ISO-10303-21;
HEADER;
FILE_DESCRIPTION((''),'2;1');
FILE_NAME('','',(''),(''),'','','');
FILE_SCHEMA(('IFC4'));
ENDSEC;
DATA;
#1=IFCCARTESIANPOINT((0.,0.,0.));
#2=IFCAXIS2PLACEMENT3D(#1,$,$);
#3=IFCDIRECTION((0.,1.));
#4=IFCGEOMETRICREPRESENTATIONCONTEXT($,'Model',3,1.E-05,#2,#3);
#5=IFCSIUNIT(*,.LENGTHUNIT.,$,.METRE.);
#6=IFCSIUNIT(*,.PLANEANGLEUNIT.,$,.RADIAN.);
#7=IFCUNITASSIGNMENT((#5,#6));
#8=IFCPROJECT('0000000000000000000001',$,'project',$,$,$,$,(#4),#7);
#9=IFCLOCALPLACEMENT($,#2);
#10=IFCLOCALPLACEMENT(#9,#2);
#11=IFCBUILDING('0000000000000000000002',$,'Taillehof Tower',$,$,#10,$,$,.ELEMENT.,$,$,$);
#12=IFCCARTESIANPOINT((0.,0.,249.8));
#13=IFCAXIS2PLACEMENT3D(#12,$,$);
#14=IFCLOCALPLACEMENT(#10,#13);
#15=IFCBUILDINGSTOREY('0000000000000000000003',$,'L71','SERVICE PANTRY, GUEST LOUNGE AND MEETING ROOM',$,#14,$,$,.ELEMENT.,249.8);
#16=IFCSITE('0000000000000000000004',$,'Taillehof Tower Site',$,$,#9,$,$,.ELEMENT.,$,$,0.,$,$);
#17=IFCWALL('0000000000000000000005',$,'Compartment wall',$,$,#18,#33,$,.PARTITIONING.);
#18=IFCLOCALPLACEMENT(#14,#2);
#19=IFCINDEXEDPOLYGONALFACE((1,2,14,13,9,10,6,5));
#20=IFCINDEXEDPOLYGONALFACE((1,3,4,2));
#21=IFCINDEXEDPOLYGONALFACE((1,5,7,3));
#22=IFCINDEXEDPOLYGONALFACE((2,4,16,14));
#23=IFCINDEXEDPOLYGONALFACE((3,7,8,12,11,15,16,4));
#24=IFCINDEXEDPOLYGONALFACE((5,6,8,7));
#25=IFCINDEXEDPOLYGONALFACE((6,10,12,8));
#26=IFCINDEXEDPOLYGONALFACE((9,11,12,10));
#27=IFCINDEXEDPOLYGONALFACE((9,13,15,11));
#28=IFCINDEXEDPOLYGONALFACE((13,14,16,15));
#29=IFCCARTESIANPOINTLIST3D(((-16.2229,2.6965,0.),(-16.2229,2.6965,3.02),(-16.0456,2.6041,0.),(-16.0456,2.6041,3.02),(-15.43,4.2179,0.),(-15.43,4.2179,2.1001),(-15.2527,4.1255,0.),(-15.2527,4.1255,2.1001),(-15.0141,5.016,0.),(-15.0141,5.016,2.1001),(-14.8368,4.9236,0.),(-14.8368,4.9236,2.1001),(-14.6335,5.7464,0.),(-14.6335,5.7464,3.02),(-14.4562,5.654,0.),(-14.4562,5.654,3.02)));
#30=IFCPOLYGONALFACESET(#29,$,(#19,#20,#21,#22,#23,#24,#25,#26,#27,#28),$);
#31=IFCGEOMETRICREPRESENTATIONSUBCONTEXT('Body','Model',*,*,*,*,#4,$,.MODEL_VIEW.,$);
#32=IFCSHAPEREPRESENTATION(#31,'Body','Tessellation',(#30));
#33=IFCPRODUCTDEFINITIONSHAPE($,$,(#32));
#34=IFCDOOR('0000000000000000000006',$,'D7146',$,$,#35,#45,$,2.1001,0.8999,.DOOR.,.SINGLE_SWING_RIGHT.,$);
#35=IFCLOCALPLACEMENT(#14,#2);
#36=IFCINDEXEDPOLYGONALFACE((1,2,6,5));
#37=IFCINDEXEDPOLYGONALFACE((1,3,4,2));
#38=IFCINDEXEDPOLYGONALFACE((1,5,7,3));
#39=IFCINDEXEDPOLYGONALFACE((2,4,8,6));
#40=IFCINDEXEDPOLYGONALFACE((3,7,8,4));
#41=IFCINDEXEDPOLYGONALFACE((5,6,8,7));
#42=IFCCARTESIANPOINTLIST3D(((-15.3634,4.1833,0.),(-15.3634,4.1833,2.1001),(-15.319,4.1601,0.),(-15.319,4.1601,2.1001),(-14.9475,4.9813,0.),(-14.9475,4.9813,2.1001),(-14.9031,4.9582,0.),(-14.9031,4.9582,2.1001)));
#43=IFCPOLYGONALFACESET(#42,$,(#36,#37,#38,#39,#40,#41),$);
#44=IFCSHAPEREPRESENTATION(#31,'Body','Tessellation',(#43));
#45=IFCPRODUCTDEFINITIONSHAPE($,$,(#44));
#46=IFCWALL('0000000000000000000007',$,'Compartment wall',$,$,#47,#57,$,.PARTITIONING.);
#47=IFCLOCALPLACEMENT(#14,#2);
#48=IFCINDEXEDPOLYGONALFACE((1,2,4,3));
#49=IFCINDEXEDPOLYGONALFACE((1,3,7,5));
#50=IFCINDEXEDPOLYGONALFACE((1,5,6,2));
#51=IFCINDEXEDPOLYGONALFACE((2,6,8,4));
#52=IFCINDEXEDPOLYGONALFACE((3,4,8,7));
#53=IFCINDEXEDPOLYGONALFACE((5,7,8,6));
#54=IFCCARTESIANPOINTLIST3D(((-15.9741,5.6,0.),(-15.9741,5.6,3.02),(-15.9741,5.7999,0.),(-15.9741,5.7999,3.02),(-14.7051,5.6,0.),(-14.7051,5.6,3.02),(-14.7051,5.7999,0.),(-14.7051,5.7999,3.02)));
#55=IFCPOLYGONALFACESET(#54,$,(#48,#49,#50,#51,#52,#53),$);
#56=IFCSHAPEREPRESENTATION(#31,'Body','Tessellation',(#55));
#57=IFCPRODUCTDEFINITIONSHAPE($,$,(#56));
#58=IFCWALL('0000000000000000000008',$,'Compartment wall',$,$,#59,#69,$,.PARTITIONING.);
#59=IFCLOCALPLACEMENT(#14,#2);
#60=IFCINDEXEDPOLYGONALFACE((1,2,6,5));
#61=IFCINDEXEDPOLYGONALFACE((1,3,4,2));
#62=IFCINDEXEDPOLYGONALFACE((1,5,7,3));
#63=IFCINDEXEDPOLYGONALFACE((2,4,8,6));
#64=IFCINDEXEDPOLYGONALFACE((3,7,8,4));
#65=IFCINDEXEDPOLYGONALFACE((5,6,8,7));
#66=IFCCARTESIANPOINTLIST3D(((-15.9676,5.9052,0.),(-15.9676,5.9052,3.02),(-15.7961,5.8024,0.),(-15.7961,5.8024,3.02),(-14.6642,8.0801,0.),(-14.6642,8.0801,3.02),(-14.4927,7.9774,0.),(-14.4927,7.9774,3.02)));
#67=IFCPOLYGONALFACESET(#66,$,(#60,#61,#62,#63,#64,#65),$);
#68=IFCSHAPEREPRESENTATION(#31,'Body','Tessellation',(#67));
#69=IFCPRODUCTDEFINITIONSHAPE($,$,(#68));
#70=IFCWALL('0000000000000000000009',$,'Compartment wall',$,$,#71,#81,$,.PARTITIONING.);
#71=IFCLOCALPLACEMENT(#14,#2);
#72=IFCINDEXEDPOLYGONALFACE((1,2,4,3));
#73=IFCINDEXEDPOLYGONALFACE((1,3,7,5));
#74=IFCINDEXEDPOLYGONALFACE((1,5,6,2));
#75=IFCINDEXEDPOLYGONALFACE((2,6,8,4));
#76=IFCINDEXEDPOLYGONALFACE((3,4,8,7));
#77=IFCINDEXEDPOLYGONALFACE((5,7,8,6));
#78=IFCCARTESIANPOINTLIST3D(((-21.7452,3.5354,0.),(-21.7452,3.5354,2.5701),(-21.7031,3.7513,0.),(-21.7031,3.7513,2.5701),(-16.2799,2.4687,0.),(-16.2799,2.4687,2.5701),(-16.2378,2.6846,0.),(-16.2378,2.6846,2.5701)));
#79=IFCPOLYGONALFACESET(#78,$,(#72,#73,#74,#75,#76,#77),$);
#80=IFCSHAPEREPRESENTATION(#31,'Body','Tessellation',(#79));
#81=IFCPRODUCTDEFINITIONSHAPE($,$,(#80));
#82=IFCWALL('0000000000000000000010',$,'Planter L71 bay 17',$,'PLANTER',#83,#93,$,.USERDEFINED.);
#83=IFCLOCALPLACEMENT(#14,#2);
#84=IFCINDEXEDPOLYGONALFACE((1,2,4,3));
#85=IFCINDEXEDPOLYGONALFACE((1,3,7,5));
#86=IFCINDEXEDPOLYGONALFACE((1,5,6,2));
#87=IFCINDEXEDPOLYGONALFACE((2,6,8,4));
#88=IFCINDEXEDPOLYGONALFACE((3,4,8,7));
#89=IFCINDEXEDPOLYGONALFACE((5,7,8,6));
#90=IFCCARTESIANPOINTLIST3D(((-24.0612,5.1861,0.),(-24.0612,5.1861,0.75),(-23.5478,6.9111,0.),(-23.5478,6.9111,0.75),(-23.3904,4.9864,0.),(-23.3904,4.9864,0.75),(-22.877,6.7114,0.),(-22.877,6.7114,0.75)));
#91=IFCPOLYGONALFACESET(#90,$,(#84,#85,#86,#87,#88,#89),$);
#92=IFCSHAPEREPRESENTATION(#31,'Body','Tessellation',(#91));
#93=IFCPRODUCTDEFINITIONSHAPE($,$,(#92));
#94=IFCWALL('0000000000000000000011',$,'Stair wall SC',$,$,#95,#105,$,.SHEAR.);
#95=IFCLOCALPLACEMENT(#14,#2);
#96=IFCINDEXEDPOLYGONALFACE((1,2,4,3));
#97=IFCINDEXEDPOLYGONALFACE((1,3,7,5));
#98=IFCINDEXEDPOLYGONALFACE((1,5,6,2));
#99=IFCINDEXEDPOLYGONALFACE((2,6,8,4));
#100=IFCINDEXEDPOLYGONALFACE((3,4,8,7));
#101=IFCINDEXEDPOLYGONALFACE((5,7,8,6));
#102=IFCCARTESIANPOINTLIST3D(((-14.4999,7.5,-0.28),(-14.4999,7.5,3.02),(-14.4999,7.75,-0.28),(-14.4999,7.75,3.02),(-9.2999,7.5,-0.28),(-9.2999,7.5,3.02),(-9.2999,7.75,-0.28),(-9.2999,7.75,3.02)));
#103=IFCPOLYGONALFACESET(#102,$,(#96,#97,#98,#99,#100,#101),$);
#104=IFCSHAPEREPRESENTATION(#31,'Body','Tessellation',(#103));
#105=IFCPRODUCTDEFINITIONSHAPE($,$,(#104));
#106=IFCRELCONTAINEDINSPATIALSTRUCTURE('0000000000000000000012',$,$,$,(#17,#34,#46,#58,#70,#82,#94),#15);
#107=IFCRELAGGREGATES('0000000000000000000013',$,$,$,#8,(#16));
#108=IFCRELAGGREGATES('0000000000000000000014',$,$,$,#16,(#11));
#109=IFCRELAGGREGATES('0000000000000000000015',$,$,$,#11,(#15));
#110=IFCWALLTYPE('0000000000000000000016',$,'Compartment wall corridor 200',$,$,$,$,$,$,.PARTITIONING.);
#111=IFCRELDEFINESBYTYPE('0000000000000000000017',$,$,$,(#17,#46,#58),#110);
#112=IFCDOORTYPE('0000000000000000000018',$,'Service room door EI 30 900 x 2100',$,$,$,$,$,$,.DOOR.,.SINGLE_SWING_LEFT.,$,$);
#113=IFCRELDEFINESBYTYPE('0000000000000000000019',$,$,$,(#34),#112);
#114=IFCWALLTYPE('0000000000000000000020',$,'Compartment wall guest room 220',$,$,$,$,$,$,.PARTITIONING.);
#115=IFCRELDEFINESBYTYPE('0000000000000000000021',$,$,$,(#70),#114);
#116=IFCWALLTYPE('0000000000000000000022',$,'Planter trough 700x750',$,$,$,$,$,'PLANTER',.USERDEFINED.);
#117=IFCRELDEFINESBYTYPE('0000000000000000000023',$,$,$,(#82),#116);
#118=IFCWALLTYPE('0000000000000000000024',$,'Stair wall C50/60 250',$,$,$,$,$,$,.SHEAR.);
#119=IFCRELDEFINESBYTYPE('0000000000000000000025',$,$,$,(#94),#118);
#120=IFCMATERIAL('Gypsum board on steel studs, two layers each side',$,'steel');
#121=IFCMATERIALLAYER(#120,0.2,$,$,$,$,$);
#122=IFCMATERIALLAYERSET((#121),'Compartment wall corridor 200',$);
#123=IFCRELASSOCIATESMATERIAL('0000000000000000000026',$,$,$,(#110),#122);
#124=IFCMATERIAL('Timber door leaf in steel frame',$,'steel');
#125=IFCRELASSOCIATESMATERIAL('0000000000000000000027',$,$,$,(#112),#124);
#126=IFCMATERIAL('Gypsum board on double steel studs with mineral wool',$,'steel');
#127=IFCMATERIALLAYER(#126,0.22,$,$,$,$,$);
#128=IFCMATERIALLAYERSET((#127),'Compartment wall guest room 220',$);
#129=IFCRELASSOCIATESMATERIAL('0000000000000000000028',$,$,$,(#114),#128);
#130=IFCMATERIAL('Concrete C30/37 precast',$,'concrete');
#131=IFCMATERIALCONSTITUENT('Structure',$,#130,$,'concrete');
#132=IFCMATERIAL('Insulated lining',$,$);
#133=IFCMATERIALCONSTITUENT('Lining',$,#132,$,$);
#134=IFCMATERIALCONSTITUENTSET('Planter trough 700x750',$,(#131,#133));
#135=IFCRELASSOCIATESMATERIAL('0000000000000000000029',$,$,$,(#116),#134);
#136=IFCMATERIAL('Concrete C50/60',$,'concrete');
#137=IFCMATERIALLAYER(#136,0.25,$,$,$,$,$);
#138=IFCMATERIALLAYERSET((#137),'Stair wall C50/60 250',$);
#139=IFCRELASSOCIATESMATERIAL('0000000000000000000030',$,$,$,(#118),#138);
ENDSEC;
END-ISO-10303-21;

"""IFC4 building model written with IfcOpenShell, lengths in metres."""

from ifc_helpers import new_model, si_unit, direction, frame, frame_2d, origin, place, context, subcontext, project, spatial, rectangle, extrude, material, layer, layer_set, constituent, constituent_set, type_object, element, fill, save


model = new_model("IFC4")

# Units and contexts
model_context = context("Model", 3, precision=1e-05, world=origin(), true_north=direction((0.0, 1.0)))
body_context = subcontext(model_context, "Body", "Model", "MODEL_VIEW")
ifc_project = project(units=[si_unit("LENGTHUNIT", "METRE"), si_unit("PLANEANGLEUNIT", "RADIAN")], contexts=[model_context])

# Site, building, storey
site_placement = place(None, origin())
site = spatial("IfcSite", under=ifc_project, at=site_placement, Name="Taillehof Tower Site", CompositionType="ELEMENT", RefElevation=0.0)
building_placement = place(site_placement, origin())
building = spatial("IfcBuilding", under=site, at=building_placement, Name="Taillehof Tower", CompositionType="ELEMENT")
storey_placement = place(building_placement, frame((0.0, 0.0, 249.8)))
storey = spatial("IfcBuildingStorey", under=building, at=storey_placement, Name="L71", Description="SERVICE PANTRY, GUEST LOUNGE AND MEETING ROOM", CompositionType="ELEMENT", Elevation=249.8)

# Wall, opening, door
ifc_material_1 = material(Name="Gypsum board on steel studs, two layers each side", Category="steel")
ifc_layer_1 = layer(ifc_material_1, 0.2)
ifc_layer_set_1 = layer_set([ifc_layer_1], Name="Compartment wall corridor 200")
wall_type_1 = type_object("IfcWallType", Name="Compartment wall corridor 200", PredefinedType="PARTITIONING", material=ifc_layer_set_1)
wall_1_placement = place(storey_placement, frame((-16.1343, 2.6501, 0.0), z_axis=(0.0, 0.0, 1.0), x_axis=(0.462144, 0.886805, 0.0)))
wall_1 = element("IfcWall", 1, at=wall_1_placement, inside=storey, type_object=wall_type_1, Name="Compartment wall", PredefinedType="PARTITIONING", context=body_context, shape_type="SweptSolid", body=[
    extrude(rectangle(XDim=3.4392, YDim=0.2, at=frame_2d((1.7197, 0.0))), origin(), (0.0, 0.0, 1.0), 3.02),
])
opening_1_placement = place(wall_1_placement, frame((1.7158, 0.0, 0.0)))
opening_1 = element("IfcOpeningElement", 2, at=opening_1_placement, cuts=wall_1, PredefinedType="OPENING", context=body_context, shape_type="SweptSolid", body=[
    extrude(rectangle(XDim=0.8999, YDim=2.1001, at=frame_2d((0.45, 1.05))), frame((0.0, 0.1099, 0.0), z_axis=(0.0, -1.0, 0.0), x_axis=(1.0, 0.0, 0.0)), (0.0, 0.0, 1.0), 0.22),
])
ifc_material_2 = material(Name="Timber door leaf in steel frame", Category="steel")
door_type_1 = type_object("IfcDoorType", Name="Service room door EI 30 900 x 2100", OperationType="SINGLE_SWING_LEFT", PredefinedType="DOOR", material=ifc_material_2)
door_1_placement = place(opening_1_placement, origin())
door_1 = element("IfcDoor", 3, at=door_1_placement, inside=storey, type_object=door_type_1, Name="D7146", OperationType="SINGLE_SWING_RIGHT", OverallHeight=2.1001, OverallWidth=0.8999, PredefinedType="DOOR", context=body_context, shape_type="SweptSolid", body=[
    extrude(rectangle(XDim=0.8999, YDim=2.1001, at=frame_2d((0.45, 1.05))), frame((0.0, 0.0249, 0.0), z_axis=(0.0, -1.0, 0.0), x_axis=(1.0, 0.0, 0.0)), (0.0, 0.0, 1.0), 0.05),
])
fill(opening_1, door_1)

# Walls
wall_2_placement = place(storey_placement, frame((-14.7051, 5.7, 0.0), z_axis=(0.0, 0.0, 1.0), x_axis=(-1.0, 0.0, 0.0)))
element("IfcWall", 4, at=wall_2_placement, inside=storey, type_object=wall_type_1, Name="Compartment wall", PredefinedType="PARTITIONING", context=body_context, shape_type="SweptSolid", body=[
    extrude(rectangle(XDim=1.269, YDim=0.2, at=frame_2d((0.6345, 0.0))), origin(), (0.0, 0.0, 1.0), 3.02),
])
wall_3_placement = place(storey_placement, frame((-15.8818, 5.8538, 0.0), z_axis=(0.0, 0.0, 1.0), x_axis=(0.514043, 0.857765, 0.0)))
element("IfcWall", 5, at=wall_3_placement, inside=storey, type_object=wall_type_1, Name="Compartment wall", PredefinedType="PARTITIONING", context=body_context, shape_type="SweptSolid", body=[
    extrude(rectangle(XDim=2.5356, YDim=0.2, at=frame_2d((1.2678, 0.0))), origin(), (0.0, 0.0, 1.0), 3.02),
])
ifc_material_3 = material(Name="Gypsum board on double steel studs with mineral wool", Category="steel")
ifc_layer_2 = layer(ifc_material_3, 0.22)
ifc_layer_set_2 = layer_set([ifc_layer_2], Name="Compartment wall guest room 220")
wall_type_2 = type_object("IfcWallType", Name="Compartment wall guest room 220", PredefinedType="PARTITIONING", material=ifc_layer_set_2)
wall_4_placement = place(storey_placement, frame((-21.7241, 3.6433, 0.0), z_axis=(0.0, 0.0, 1.0), x_axis=(0.981482, -0.191553, 0.0)))
element("IfcWall", 6, at=wall_4_placement, inside=storey, type_object=wall_type_2, Name="Compartment wall", PredefinedType="PARTITIONING", context=body_context, shape_type="SweptSolid", body=[
    extrude(rectangle(XDim=5.5684, YDim=0.22, at=frame_2d((2.7842, 0.0))), origin(), (0.0, 0.0, 1.0), 2.5701),
])
ifc_material_4 = material(Name="Concrete C30/37 precast", Category="concrete")
ifc_constituent_1 = constituent(ifc_material_4, Name="Structure", Category="concrete")
ifc_material_5 = material(Name="Insulated lining")
ifc_constituent_2 = constituent(ifc_material_5, Name="Lining")
ifc_constituent_set = constituent_set(constituents=[ifc_constituent_1, ifc_constituent_2], Name="Planter trough 700x750")
wall_type_3 = type_object("IfcWallType", Name="Planter trough 700x750", ElementType="PLANTER", PredefinedType="USERDEFINED", material=ifc_constituent_set)
wall_5_placement = place(storey_placement, frame((-23.2124, 6.8113, 0.0), z_axis=(0.0, 0.0, 1.0), x_axis=(-0.285257, -0.958451, 0.0)))
element("IfcWall", 7, at=wall_5_placement, inside=storey, type_object=wall_type_3, Name="Planter L71 bay 17", ObjectType="PLANTER", PredefinedType="USERDEFINED", context=body_context, shape_type="SweptSolid", body=[
    extrude(rectangle(XDim=1.7998, YDim=0.7, at=frame_2d((0.8999, 0.0))), origin(), (0.0, 0.0, 1.0), 0.75),
])
ifc_material_6 = material(Name="Concrete C50/60", Category="concrete")
ifc_layer_3 = layer(ifc_material_6, 0.25)
ifc_layer_set_3 = layer_set([ifc_layer_3], Name="Stair wall C50/60 250")
wall_type_4 = type_object("IfcWallType", Name="Stair wall C50/60 250", PredefinedType="SHEAR", material=ifc_layer_set_3)
wall_6_placement = place(storey_placement, frame((-14.5, 7.625, -0.28), z_axis=(0.0, 0.0, 1.0), x_axis=(1.0, 0.0, 0.0)))
element("IfcWall", 8, at=wall_6_placement, inside=storey, type_object=wall_type_4, Name="Stair wall SC", PredefinedType="SHEAR", context=body_context, shape_type="SweptSolid", body=[
    extrude(rectangle(XDim=5.2, YDim=0.25, at=frame_2d((2.6001, 0.0))), origin(), (0.0, 0.0, 1.0), 3.3),
])

save(model, "model.ifc")
